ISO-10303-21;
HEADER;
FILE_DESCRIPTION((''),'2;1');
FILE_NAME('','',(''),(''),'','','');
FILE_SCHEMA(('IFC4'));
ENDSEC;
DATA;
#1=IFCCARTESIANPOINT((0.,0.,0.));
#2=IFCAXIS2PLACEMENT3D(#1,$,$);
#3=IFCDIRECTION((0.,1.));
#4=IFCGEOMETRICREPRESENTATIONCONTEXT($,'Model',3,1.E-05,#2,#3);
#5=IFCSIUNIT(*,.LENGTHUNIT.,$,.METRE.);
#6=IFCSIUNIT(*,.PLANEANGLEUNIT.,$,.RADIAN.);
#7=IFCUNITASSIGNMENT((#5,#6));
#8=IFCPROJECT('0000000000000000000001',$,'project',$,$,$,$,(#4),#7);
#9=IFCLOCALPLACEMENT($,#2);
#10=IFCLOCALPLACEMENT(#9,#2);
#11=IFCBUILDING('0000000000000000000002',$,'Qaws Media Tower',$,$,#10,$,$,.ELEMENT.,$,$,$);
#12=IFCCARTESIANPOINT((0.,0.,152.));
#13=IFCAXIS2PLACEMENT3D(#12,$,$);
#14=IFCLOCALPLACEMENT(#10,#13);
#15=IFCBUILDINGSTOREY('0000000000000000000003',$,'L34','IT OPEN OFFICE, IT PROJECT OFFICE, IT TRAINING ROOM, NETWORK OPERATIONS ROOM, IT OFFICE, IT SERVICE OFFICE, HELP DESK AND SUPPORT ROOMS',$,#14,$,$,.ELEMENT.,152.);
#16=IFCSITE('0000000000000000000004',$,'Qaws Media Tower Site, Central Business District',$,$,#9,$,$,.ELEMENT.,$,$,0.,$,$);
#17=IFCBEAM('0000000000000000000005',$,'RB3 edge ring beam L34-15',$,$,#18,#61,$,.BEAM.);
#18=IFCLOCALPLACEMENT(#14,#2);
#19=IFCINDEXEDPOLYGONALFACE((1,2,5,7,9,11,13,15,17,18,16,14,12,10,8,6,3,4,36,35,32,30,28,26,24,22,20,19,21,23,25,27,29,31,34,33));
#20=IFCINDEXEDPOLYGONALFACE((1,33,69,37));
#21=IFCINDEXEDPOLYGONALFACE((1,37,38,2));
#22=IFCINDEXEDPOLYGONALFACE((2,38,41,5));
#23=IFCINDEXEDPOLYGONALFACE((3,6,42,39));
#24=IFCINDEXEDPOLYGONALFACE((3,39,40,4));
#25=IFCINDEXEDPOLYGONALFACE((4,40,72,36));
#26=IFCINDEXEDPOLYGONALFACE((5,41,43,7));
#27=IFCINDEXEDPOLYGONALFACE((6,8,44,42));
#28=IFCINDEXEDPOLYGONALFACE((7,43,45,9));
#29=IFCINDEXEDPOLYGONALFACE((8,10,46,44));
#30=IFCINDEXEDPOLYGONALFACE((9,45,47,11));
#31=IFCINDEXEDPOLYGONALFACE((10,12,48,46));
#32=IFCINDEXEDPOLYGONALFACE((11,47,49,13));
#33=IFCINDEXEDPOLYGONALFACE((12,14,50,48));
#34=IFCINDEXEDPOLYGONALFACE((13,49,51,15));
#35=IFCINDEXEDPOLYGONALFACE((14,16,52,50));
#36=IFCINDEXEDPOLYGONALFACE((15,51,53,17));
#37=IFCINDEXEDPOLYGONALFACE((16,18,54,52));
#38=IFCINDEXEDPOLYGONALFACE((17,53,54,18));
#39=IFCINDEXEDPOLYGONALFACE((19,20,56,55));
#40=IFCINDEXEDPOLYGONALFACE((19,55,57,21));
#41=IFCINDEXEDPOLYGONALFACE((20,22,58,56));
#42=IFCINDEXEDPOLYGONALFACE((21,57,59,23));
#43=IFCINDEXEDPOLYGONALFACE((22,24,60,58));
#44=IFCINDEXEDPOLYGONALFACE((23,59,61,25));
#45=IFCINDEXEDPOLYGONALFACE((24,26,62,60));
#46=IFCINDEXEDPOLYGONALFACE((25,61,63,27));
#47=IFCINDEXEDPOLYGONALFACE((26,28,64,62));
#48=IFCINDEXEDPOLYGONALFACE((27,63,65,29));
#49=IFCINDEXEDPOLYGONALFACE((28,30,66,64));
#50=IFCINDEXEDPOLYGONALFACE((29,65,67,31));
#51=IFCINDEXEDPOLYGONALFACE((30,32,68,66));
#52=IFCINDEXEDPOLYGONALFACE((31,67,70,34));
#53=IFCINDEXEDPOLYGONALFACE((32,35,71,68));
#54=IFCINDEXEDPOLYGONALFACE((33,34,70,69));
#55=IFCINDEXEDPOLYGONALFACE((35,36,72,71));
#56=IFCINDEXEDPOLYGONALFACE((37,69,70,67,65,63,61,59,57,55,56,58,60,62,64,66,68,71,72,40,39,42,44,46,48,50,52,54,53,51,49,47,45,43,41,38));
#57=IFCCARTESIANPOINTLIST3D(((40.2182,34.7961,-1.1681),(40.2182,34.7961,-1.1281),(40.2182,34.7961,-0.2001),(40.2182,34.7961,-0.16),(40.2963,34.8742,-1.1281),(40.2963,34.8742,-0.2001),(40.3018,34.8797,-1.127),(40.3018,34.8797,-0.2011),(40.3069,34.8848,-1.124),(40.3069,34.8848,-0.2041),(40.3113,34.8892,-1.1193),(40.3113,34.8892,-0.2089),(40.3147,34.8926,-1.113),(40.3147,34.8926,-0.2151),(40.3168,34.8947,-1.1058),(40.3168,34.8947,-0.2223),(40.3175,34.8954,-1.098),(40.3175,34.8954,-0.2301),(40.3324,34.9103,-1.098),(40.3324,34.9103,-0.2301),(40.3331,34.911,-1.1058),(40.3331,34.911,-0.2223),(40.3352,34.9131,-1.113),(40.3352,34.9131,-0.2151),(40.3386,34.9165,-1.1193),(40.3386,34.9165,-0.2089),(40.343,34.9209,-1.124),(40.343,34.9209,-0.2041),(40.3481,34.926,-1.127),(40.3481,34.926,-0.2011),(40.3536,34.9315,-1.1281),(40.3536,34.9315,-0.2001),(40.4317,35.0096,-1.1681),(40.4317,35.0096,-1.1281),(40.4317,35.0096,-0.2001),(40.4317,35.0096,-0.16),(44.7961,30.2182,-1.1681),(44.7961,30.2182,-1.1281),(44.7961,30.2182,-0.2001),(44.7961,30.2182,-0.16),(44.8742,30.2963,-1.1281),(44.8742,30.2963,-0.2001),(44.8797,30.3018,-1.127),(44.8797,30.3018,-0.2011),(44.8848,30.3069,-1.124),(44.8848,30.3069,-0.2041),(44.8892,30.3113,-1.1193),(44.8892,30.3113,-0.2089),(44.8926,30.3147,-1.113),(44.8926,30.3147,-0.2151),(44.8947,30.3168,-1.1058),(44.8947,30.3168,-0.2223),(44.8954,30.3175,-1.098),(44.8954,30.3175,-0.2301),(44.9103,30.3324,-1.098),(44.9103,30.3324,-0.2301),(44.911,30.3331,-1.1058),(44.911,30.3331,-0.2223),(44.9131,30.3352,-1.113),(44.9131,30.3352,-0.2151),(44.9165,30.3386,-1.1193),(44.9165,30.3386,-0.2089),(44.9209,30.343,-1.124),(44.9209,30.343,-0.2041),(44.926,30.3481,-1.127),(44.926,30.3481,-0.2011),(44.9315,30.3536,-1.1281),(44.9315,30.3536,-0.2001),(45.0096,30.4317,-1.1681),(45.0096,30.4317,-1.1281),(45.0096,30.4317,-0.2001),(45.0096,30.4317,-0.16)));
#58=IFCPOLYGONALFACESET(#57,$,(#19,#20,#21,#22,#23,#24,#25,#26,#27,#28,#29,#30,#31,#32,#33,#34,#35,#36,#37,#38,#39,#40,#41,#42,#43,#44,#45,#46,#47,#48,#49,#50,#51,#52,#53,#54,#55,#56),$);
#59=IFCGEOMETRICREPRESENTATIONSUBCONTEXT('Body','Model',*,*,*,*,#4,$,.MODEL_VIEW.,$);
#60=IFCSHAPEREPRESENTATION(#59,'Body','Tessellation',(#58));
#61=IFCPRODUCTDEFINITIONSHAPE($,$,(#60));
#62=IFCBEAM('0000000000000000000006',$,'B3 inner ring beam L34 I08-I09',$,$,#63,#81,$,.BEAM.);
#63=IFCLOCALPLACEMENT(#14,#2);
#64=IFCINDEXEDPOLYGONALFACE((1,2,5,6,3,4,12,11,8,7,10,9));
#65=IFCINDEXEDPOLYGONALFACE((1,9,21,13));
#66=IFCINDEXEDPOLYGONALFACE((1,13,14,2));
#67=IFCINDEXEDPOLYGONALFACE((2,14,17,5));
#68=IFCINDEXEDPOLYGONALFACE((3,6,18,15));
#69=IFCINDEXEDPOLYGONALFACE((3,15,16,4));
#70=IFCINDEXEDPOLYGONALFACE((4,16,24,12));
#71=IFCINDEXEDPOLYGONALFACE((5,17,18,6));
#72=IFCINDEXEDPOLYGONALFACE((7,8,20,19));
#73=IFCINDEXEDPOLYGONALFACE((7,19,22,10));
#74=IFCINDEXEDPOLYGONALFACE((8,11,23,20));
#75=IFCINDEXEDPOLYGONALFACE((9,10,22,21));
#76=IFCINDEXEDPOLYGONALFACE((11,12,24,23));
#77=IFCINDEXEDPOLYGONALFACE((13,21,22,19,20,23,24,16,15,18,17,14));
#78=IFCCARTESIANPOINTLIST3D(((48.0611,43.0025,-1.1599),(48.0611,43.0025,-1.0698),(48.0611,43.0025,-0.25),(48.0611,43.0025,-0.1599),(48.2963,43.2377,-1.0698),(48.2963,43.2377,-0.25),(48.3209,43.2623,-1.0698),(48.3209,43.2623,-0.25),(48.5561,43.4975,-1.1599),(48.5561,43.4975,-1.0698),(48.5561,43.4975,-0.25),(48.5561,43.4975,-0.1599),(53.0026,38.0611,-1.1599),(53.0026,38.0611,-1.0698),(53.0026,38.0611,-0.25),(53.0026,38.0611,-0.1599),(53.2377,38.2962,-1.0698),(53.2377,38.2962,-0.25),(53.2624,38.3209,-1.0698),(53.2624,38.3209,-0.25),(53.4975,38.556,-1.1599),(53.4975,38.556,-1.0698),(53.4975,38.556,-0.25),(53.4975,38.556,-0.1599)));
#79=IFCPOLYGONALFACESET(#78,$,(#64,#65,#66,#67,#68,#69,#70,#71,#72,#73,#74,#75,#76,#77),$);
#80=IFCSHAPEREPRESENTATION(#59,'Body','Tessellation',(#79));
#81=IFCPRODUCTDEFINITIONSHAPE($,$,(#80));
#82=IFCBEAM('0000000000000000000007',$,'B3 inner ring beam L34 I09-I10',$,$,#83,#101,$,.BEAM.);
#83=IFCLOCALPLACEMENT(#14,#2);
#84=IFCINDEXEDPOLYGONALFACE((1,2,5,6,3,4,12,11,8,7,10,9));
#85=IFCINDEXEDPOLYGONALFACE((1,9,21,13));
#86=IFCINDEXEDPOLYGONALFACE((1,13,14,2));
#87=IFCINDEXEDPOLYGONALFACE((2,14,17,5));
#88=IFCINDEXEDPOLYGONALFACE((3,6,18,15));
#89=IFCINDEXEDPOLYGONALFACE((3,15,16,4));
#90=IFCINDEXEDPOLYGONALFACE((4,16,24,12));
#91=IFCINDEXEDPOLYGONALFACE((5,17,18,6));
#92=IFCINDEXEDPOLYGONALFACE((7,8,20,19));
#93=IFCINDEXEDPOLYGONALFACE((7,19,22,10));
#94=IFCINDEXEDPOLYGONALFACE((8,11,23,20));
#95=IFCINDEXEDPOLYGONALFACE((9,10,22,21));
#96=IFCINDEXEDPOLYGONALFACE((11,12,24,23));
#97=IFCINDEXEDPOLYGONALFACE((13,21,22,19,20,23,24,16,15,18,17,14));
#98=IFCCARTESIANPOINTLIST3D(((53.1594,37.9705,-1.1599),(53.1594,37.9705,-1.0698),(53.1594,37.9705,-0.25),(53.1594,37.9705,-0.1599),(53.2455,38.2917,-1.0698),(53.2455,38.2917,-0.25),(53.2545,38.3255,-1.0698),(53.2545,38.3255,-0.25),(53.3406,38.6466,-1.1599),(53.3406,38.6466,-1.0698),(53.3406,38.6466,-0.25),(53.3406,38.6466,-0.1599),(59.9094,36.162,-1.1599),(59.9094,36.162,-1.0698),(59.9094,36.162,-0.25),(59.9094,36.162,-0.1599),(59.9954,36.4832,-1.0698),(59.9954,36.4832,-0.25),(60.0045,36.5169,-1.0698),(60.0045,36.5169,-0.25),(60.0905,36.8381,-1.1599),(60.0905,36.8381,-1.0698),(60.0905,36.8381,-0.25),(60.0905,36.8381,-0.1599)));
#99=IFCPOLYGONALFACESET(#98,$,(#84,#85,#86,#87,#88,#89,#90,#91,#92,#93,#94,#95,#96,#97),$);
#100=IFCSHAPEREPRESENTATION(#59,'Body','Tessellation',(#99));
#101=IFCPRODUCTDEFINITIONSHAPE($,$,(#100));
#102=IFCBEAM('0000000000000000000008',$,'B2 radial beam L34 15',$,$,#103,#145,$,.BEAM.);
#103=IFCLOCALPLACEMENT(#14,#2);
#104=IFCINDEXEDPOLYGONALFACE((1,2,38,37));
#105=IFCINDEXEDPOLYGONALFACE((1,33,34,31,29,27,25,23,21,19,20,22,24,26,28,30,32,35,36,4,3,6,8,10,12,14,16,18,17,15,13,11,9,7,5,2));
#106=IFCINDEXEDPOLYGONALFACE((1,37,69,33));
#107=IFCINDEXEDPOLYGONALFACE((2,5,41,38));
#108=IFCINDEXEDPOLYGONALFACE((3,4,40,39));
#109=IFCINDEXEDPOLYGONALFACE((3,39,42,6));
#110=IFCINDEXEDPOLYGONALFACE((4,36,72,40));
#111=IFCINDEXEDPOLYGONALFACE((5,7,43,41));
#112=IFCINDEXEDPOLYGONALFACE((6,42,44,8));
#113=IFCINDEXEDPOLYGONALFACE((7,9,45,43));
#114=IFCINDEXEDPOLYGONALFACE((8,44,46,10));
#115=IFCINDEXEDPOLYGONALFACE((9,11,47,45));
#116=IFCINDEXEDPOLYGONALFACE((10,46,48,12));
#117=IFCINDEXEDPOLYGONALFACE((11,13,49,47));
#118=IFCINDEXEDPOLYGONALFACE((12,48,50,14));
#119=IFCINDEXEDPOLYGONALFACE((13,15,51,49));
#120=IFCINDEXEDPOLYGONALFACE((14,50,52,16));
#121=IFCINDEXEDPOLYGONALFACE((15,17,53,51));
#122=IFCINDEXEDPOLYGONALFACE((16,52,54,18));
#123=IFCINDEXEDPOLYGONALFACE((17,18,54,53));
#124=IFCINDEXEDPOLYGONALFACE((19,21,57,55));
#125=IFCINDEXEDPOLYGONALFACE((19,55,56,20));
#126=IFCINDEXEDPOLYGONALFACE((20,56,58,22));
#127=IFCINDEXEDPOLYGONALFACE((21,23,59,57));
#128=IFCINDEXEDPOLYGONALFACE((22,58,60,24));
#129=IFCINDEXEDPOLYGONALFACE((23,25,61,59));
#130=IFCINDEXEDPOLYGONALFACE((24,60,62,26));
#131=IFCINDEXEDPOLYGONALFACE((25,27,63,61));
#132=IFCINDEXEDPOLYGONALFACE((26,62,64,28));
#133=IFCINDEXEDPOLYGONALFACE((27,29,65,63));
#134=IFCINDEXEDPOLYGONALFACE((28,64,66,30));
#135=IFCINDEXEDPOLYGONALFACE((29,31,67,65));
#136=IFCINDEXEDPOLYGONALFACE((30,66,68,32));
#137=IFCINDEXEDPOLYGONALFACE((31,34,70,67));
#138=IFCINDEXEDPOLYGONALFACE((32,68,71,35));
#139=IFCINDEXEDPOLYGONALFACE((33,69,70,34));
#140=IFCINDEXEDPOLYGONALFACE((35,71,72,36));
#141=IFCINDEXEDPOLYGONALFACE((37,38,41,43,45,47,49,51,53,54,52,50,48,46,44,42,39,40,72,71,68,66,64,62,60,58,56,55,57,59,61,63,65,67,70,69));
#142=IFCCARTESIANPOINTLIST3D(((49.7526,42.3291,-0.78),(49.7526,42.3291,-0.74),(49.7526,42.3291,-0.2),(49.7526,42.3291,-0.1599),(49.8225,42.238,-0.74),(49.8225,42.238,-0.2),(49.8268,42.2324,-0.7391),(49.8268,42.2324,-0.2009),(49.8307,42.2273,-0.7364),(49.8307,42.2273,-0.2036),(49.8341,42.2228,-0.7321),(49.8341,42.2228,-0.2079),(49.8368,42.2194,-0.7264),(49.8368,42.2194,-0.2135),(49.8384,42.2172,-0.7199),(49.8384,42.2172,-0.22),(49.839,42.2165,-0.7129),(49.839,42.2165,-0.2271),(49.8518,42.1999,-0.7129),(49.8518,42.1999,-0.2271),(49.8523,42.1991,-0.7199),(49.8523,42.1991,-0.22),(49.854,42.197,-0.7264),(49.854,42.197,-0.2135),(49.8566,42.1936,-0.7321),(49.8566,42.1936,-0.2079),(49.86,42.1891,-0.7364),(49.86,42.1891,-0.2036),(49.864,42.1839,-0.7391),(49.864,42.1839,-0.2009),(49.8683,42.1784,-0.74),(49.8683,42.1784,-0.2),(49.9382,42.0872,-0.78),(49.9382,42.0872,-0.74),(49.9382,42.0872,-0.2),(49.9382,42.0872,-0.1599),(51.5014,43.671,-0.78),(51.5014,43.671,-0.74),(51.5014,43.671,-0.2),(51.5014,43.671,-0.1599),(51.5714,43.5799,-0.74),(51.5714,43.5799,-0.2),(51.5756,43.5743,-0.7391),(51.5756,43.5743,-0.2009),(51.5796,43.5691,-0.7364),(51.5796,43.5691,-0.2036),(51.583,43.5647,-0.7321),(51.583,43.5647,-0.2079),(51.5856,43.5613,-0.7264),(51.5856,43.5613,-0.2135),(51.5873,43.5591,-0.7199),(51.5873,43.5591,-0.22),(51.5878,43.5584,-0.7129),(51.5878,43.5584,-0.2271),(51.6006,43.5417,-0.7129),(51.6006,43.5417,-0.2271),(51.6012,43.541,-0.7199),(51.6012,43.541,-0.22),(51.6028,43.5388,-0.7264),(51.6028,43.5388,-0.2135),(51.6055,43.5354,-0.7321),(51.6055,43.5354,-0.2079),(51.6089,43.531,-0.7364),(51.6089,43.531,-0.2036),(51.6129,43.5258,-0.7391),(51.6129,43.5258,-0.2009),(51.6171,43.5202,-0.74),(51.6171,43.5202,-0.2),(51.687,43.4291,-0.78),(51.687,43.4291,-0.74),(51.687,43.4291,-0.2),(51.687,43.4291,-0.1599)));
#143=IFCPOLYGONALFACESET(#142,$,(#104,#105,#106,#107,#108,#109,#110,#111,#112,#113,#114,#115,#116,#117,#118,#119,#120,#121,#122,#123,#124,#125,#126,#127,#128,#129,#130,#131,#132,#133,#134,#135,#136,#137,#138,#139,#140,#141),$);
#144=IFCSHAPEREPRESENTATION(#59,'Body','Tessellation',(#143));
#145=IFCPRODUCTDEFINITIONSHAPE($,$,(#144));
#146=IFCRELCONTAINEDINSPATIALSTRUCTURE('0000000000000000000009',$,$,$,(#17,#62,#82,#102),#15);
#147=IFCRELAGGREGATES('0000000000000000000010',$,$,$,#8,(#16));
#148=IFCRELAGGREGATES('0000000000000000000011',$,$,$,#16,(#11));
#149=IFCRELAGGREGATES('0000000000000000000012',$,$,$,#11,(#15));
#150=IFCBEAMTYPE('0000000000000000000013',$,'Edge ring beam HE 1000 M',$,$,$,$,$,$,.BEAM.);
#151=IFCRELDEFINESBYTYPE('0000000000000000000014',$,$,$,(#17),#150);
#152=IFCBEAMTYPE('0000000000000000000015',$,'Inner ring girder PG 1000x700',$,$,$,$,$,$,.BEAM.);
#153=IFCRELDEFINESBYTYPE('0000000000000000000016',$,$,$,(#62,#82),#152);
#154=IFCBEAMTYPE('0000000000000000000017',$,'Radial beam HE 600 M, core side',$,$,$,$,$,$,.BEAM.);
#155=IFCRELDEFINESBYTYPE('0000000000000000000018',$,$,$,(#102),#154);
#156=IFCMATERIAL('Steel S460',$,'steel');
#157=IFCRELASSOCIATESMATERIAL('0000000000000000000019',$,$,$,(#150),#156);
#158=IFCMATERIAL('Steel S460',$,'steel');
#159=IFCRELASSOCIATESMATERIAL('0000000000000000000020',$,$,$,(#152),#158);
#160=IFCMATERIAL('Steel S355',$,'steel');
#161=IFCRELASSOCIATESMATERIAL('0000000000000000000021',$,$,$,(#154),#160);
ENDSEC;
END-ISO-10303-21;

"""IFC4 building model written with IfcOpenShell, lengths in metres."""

from ifc_helpers import new_model, si_unit, direction, frame, origin, origin_2d, place, context, subcontext, project, spatial, i_section, extrude, material, material_profile, profile_set, type_object, element, save


model = new_model("IFC4")

# Units and contexts
model_context = context("Model", 3, precision=1e-05, world=origin(), true_north=direction((0.0, 1.0)))
body_context = subcontext(model_context, "Body", "Model", "MODEL_VIEW")
ifc_project = project(units=[si_unit("LENGTHUNIT", "METRE"), si_unit("PLANEANGLEUNIT", "RADIAN")], contexts=[model_context])

# Site, building, storey
site_placement = place(None, origin())
site = spatial("IfcSite", under=ifc_project, at=site_placement, Name="Qaws Media Tower Site, Central Business District", CompositionType="ELEMENT", RefElevation=0.0)
building_placement = place(site_placement, origin())
building = spatial("IfcBuilding", under=site, at=building_placement, Name="Qaws Media Tower", CompositionType="ELEMENT")
storey_placement = place(building_placement, frame((0.0, 0.0, 152.0)))
storey = spatial("IfcBuildingStorey", under=building, at=storey_placement, Name="L34", Description="IT OPEN OFFICE, IT PROJECT OFFICE, IT TRAINING ROOM, NETWORK OPERATIONS ROOM, IT OFFICE, IT SERVICE OFFICE, HELP DESK AND SUPPORT ROOMS", CompositionType="ELEMENT", Elevation=152.0)

# Beams
ifc_material_1 = material(Name="Steel S460", Category="steel")
ifc_material_profile_1 = material_profile(ifc_material_1, i_section(OverallWidth=0.302, OverallDepth=1.0081, WebThickness=0.021, FlangeThickness=0.04, FilletRadius=0.03, at=origin_2d()), Name="HE 1000 M")
ifc_profile_set_1 = profile_set([ifc_material_profile_1], Name="Steel S460")
beam_type_1 = type_object("IfcBeamType", Name="Edge ring beam HE 1000 M", PredefinedType="BEAM", material=ifc_profile_set_1)
beam_1_placement = place(storey_placement, frame((40.325, 34.9028, -0.6641), z_axis=(0.707107, -0.707107, 0.0), x_axis=(0.707107, 0.707107, 0.0)))
element("IfcBeam", 1, at=beam_1_placement, inside=storey, type_object=beam_type_1, Name="RB3 edge ring beam L34-15", PredefinedType="BEAM", context=body_context, shape_type="SweptSolid", body=[
    extrude(i_section(OverallWidth=0.302, OverallDepth=1.0081, WebThickness=0.021, FlangeThickness=0.04, FilletRadius=0.03, at=origin_2d()), origin(), (0.0, 0.0, 1.0), 6.4741),
])
ifc_material_2 = material(Name="Steel S460", Category="steel")
ifc_material_profile_2 = material_profile(ifc_material_2, i_section(OverallWidth=0.7, OverallDepth=1.0, WebThickness=0.0349, FlangeThickness=0.0901, at=origin_2d()), Name="PG 1000x700")
ifc_profile_set_2 = profile_set([ifc_material_profile_2], Name="Steel S460")
beam_type_2 = type_object("IfcBeamType", Name="Inner ring girder PG 1000x700", PredefinedType="BEAM", material=ifc_profile_set_2)
beam_2_placement = place(storey_placement, frame((48.3086, 43.25, -0.6599), z_axis=(0.707107, -0.707107, 0.0), x_axis=(0.707107, 0.707107, 0.0)))
element("IfcBeam", 2, at=beam_2_placement, inside=storey, type_object=beam_type_2, Name="B3 inner ring beam L34 I08-I09", PredefinedType="BEAM", context=body_context, shape_type="SweptSolid", body=[
    extrude(i_section(OverallWidth=0.7, OverallDepth=1.0, WebThickness=0.0349, FlangeThickness=0.0901, at=origin_2d()), origin(), (0.0, 0.0, 1.0), 6.9883),
])
beam_3_placement = place(storey_placement, frame((53.25, 38.3086, -0.6599), z_axis=(0.965928, -0.258811, 0.0), x_axis=(0.258811, 0.965928, 0.0)))
element("IfcBeam", 3, at=beam_3_placement, inside=storey, type_object=beam_type_2, Name="B3 inner ring beam L34 I09-I10", PredefinedType="BEAM", context=body_context, shape_type="SweptSolid", body=[
    extrude(i_section(OverallWidth=0.7, OverallDepth=1.0, WebThickness=0.0349, FlangeThickness=0.0901, at=origin_2d()), origin(), (0.0, 0.0, 1.0), 6.988),
])
ifc_material_3 = material(Name="Steel S355", Category="steel")
ifc_material_profile_3 = material_profile(ifc_material_3, i_section(OverallWidth=0.3049, OverallDepth=0.6201, WebThickness=0.021, FlangeThickness=0.04, FilletRadius=0.0271, at=origin_2d()), Name="HE 600 M")
ifc_profile_set_3 = profile_set([ifc_material_profile_3], Name="Steel S355")
beam_type_3 = type_object("IfcBeamType", Name="Radial beam HE 600 M, core side", PredefinedType="BEAM", material=ifc_profile_set_3)
beam_4_placement = place(storey_placement, frame((51.5942, 43.55, -0.47), z_axis=(-0.793373, -0.608736, 0.0), x_axis=(0.608736, -0.793373, 0.0)))
element("IfcBeam", 4, at=beam_4_placement, inside=storey, type_object=beam_type_3, Name="B2 radial beam L34 15", PredefinedType="BEAM", context=body_context, shape_type="SweptSolid", body=[
    extrude(i_section(OverallWidth=0.3049, OverallDepth=0.6201, WebThickness=0.021, FlangeThickness=0.04, FilletRadius=0.0271, at=origin_2d()), origin(), (0.0, 0.0, 1.0), 2.2043),
])

save(model, "model.ifc")
